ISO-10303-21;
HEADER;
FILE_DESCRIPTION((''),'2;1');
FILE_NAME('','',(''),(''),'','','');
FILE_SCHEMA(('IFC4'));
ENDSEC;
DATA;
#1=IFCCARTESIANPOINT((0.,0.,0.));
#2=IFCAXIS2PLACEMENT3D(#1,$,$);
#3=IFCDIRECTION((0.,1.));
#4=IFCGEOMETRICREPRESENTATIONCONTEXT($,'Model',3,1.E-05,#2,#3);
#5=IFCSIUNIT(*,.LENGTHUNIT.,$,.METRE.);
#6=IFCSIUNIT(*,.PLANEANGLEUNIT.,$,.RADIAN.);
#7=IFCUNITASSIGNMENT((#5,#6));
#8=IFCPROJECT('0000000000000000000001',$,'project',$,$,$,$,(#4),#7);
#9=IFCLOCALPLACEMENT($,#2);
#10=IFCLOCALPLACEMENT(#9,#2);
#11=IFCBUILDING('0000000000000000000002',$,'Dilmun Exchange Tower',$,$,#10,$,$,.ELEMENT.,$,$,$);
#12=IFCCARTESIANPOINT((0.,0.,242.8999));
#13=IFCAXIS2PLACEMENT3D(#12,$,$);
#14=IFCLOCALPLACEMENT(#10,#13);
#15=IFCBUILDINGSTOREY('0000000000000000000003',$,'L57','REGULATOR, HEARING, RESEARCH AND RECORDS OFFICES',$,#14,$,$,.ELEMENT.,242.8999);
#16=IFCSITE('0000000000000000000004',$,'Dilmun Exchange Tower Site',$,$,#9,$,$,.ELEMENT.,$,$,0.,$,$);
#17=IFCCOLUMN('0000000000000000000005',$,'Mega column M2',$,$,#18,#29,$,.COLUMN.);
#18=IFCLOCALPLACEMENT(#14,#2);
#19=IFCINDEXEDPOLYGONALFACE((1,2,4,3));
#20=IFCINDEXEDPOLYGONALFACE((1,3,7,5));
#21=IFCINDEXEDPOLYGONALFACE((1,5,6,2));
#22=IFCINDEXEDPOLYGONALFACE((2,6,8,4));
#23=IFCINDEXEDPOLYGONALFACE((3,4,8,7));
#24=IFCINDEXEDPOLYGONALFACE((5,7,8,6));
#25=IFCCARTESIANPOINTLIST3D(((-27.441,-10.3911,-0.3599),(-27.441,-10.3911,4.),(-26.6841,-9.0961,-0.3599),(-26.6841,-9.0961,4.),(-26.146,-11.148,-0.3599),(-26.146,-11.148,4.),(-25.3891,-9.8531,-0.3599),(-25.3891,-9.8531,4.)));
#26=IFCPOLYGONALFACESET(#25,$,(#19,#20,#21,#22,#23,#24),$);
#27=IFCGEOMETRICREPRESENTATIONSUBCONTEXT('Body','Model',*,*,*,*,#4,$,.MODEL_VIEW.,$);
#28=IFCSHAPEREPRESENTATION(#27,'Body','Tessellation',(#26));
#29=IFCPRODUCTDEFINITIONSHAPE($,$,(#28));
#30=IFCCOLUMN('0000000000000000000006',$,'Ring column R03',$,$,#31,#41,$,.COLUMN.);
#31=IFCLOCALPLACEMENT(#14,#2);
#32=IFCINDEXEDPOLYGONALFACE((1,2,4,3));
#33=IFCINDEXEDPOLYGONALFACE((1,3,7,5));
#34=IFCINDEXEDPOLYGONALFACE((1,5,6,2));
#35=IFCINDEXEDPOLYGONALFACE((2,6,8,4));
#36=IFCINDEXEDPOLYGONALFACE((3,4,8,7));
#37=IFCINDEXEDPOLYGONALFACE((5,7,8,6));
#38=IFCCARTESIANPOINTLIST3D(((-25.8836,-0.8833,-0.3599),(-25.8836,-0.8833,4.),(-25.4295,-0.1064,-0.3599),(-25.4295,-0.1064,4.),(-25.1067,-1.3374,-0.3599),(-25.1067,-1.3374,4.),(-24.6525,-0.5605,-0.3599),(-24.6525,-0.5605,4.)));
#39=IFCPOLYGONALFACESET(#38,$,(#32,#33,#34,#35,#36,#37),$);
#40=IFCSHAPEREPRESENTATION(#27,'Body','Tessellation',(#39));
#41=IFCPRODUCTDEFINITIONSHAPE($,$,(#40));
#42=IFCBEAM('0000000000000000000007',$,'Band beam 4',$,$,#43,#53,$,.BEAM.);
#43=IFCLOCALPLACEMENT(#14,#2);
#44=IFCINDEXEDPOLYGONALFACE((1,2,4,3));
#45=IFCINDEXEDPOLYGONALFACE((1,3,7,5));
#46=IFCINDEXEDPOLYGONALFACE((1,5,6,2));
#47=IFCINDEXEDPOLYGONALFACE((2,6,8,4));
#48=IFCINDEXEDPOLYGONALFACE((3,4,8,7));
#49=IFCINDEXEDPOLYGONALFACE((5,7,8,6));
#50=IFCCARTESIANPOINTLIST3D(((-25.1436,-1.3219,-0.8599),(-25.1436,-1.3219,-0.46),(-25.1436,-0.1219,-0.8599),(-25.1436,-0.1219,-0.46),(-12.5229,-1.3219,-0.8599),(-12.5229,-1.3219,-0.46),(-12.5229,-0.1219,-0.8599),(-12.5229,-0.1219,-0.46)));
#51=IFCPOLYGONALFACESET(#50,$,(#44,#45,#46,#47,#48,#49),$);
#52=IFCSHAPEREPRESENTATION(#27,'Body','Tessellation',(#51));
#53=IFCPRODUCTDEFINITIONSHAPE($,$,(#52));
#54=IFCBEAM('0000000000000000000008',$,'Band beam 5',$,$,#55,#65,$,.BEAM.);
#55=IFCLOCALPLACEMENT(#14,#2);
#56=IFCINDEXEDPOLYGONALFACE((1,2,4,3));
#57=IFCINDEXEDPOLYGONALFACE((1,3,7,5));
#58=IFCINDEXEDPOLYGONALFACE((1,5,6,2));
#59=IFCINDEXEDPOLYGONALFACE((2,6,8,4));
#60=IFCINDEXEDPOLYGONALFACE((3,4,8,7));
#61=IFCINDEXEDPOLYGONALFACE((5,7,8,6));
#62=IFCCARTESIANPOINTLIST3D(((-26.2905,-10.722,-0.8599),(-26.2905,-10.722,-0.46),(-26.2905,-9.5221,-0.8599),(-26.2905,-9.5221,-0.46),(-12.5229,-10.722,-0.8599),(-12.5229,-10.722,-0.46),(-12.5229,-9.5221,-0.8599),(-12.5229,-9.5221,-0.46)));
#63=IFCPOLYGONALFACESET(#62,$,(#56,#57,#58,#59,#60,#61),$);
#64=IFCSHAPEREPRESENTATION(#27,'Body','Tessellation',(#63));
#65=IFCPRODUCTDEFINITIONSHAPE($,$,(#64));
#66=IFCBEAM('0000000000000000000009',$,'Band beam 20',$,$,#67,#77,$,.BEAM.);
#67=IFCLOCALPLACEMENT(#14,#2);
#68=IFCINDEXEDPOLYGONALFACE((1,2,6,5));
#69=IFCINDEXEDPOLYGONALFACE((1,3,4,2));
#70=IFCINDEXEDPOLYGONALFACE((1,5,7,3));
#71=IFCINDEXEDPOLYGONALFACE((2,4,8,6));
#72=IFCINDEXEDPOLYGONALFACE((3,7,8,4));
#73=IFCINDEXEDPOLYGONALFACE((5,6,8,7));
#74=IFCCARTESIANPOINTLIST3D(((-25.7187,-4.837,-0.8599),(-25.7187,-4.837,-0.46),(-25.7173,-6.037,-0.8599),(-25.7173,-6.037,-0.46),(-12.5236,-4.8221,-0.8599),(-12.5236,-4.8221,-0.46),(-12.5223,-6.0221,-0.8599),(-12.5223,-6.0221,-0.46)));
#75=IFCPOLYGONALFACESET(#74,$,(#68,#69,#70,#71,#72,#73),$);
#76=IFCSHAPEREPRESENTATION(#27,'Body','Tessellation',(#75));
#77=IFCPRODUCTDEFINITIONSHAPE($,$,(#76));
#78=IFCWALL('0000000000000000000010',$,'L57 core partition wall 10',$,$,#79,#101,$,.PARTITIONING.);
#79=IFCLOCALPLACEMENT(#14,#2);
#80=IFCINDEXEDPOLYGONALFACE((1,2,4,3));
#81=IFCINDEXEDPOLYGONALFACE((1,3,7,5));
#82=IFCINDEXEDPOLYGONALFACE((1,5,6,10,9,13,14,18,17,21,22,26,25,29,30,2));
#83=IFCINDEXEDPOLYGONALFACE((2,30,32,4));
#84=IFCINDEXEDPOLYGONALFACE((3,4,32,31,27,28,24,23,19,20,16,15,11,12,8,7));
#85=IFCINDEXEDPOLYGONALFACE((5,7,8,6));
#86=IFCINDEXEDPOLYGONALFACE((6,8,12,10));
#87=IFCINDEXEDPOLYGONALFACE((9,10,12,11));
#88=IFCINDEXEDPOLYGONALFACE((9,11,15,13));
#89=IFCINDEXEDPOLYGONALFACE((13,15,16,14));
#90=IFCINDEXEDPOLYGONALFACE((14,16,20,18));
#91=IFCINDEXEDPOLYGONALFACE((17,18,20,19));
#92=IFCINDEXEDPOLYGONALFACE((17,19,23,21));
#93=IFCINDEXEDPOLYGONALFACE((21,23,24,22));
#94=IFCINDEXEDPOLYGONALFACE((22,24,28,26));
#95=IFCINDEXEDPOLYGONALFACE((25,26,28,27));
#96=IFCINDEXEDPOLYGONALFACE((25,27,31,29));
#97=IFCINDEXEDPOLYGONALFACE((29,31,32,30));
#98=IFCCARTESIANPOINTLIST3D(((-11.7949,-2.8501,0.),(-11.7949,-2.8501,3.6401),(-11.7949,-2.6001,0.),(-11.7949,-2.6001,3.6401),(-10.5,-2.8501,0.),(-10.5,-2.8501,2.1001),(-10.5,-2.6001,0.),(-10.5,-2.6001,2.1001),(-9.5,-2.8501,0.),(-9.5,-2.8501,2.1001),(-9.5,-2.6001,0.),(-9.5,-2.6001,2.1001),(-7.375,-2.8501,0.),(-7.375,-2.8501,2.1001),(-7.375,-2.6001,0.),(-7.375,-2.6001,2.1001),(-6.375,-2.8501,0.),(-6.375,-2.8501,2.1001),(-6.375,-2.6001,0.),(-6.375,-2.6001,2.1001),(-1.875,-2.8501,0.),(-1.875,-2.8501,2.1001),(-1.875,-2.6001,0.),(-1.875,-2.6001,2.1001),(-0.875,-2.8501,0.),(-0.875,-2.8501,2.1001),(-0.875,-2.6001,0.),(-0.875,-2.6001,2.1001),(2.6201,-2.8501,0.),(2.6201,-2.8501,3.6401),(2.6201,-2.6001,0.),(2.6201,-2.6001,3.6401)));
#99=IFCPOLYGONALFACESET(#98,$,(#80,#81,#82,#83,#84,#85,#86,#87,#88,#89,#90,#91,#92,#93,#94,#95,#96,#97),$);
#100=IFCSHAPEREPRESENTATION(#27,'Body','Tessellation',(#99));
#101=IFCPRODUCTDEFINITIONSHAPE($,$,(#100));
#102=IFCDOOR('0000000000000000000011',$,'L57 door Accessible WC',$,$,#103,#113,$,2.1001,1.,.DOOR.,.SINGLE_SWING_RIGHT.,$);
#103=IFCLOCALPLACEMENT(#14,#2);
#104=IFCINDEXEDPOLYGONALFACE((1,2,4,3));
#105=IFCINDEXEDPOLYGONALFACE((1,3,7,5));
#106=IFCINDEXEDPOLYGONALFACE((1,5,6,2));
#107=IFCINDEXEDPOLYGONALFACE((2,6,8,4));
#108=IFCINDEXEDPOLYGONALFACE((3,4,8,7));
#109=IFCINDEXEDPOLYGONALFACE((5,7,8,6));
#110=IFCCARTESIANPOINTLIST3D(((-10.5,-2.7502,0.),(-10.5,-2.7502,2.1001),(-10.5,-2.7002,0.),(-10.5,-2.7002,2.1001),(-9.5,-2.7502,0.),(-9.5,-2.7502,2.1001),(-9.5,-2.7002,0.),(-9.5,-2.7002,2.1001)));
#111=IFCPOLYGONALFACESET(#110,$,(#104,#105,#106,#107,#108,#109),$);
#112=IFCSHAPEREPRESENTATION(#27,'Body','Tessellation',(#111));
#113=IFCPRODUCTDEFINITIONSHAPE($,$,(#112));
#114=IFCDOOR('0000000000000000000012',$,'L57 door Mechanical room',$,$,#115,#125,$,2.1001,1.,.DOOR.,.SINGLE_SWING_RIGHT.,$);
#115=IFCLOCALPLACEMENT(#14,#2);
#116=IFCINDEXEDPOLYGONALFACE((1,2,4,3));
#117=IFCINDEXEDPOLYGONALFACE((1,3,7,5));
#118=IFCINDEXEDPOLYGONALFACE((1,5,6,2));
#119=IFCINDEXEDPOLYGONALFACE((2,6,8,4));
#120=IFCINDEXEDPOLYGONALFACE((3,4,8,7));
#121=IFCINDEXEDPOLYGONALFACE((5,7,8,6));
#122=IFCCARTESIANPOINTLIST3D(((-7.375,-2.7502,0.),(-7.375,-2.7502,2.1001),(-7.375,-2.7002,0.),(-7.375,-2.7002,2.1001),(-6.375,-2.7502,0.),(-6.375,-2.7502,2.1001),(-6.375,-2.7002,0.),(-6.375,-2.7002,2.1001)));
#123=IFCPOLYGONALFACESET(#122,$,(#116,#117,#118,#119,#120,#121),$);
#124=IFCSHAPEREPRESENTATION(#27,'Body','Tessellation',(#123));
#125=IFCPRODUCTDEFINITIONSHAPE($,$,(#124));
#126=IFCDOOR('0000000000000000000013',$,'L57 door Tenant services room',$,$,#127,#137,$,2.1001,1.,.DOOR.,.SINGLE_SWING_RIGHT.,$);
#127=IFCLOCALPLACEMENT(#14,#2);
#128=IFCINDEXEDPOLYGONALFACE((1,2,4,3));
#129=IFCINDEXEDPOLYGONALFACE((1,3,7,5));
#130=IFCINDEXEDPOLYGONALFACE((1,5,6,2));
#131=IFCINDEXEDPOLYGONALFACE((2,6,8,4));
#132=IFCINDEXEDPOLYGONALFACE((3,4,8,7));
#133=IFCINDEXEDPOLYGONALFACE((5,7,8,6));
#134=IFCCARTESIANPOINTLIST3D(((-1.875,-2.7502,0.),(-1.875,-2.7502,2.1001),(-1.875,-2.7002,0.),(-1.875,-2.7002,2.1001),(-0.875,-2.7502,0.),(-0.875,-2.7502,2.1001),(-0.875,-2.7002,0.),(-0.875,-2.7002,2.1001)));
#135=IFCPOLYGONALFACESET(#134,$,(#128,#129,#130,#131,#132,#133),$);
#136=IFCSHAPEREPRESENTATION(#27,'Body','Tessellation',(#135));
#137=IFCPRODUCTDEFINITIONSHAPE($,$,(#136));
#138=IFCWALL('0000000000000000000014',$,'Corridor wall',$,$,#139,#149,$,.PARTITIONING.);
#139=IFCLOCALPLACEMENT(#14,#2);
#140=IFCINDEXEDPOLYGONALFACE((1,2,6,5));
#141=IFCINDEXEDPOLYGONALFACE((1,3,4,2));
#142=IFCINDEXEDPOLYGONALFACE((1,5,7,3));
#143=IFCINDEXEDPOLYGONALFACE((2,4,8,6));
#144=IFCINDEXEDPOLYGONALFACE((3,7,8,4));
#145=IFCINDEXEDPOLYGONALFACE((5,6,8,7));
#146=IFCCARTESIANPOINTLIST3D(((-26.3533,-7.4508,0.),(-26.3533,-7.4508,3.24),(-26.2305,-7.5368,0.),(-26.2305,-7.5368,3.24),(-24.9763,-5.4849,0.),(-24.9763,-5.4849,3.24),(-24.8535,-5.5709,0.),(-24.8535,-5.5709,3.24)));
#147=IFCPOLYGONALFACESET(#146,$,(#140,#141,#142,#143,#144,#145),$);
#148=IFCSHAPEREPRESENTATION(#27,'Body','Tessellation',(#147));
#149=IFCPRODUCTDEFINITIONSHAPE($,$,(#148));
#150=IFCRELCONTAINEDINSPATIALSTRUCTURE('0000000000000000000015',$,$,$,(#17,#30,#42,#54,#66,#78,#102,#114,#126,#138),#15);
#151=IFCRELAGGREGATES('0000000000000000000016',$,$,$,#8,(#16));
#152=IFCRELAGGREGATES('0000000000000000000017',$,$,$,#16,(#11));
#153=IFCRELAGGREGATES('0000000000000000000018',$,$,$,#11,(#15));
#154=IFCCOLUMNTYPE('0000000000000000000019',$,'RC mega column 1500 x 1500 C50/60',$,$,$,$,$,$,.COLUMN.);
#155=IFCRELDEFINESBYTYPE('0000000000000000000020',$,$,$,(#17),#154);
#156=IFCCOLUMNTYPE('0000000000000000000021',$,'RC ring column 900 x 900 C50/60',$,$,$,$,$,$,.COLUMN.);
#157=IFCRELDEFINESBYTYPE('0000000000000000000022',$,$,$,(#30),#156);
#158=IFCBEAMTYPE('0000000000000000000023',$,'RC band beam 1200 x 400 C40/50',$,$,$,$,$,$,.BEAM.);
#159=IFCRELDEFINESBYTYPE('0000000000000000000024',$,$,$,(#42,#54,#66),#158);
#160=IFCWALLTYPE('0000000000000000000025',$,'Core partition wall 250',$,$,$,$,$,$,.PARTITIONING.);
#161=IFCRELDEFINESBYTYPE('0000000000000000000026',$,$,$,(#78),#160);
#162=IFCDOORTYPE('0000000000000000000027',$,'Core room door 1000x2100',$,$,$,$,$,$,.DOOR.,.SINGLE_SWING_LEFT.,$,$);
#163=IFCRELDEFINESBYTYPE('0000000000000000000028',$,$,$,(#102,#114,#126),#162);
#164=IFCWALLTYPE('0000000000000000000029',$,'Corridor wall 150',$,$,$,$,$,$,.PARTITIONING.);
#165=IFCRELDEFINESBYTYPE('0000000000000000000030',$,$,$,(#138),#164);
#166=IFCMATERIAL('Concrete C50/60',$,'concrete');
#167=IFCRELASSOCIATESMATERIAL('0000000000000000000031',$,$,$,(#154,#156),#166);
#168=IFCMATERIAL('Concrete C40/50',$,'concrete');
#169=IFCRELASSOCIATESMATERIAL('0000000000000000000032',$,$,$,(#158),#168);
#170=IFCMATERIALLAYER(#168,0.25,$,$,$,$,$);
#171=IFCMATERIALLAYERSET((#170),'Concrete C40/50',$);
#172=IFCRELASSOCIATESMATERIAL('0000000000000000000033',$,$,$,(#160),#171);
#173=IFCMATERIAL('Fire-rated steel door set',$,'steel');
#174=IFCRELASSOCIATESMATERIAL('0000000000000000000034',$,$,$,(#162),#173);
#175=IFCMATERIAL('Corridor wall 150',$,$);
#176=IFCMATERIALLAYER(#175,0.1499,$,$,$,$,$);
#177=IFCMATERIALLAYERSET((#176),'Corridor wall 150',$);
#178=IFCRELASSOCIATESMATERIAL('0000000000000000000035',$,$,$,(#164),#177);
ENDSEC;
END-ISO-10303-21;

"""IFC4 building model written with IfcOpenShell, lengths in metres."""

from ifc_helpers import new_model, si_unit, direction, frame, frame_2d, origin, origin_2d, place, context, subcontext, project, spatial, rectangle, extrude, material, layer, layer_set, material_profile, profile_set, type_object, element, fill, save


model = new_model("IFC4")

# Units and contexts
model_context = context("Model", 3, precision=1e-05, world=origin(), true_north=direction((0.0, 1.0)))
body_context = subcontext(model_context, "Body", "Model", "MODEL_VIEW")
ifc_project = project(units=[si_unit("LENGTHUNIT", "METRE"), si_unit("PLANEANGLEUNIT", "RADIAN")], contexts=[model_context])

# Site, building, storey
site_placement = place(None, origin())
site = spatial("IfcSite", under=ifc_project, at=site_placement, Name="Dilmun Exchange Tower Site", CompositionType="ELEMENT", RefElevation=0.0)
building_placement = place(site_placement, origin())
building = spatial("IfcBuilding", under=site, at=building_placement, Name="Dilmun Exchange Tower", CompositionType="ELEMENT")
storey_placement = place(building_placement, frame((0.0, 0.0, 242.8999)))
storey = spatial("IfcBuildingStorey", under=building, at=storey_placement, Name="L57", Description="REGULATOR, HEARING, RESEARCH AND RECORDS OFFICES", CompositionType="ELEMENT", Elevation=242.8999)

# Columns
ifc_material_1 = material(Name="Concrete C50/60", Category="concrete")
ifc_material_profile_1 = material_profile(ifc_material_1, rectangle(XDim=1.5, YDim=1.5, at=origin_2d()), Name="1500 x 1500")
ifc_profile_set_1 = profile_set([ifc_material_profile_1], Name="Concrete C50/60")
column_type_1 = type_object("IfcColumnType", Name="RC mega column 1500 x 1500 C50/60", PredefinedType="COLUMN", material=ifc_profile_set_1)
column_1_placement = place(storey_placement, frame((-26.415, -10.1221, -0.3599), z_axis=(0.0, 0.0, 1.0), x_axis=(0.504644, 0.863328, 0.0)))
element("IfcColumn", 1, at=column_1_placement, inside=storey, type_object=column_type_1, Name="Mega column M2", PredefinedType="COLUMN", context=body_context, shape_type="SweptSolid", body=[
    extrude(rectangle(XDim=1.5, YDim=1.5, at=origin_2d()), origin(), (0.0, 0.0, 1.0), 4.3599),
])
ifc_material_profile_2 = material_profile(ifc_material_1, rectangle(XDim=0.8999, YDim=0.8999, at=origin_2d()), Name="900 x 900")
ifc_profile_set_2 = profile_set([ifc_material_profile_2], Name="Concrete C50/60")
column_type_2 = type_object("IfcColumnType", Name="RC ring column 900 x 900 C50/60", PredefinedType="COLUMN", material=ifc_profile_set_2)
column_2_placement = place(storey_placement, frame((-25.2681, -0.7219, -0.3599), z_axis=(0.0, 0.0, 1.0), x_axis=(0.504644, 0.863328, 0.0)))
element("IfcColumn", 2, at=column_2_placement, inside=storey, type_object=column_type_2, Name="Ring column R03", PredefinedType="COLUMN", context=body_context, shape_type="SweptSolid", body=[
    extrude(rectangle(XDim=0.8999, YDim=0.8999, at=origin_2d()), origin(), (0.0, 0.0, 1.0), 4.3599),
])

# Beams
ifc_material_2 = material(Name="Concrete C40/50", Category="concrete")
ifc_material_profile_3 = material_profile(ifc_material_2, rectangle(XDim=1.2, YDim=0.3999, at=origin_2d()), Name="1200 x 400")
ifc_profile_set_3 = profile_set([ifc_material_profile_3], Name="Concrete C40/50")
beam_type = type_object("IfcBeamType", Name="RC band beam 1200 x 400 C40/50", PredefinedType="BEAM", material=ifc_profile_set_3)
beam_1_placement = place(storey_placement, frame((-25.1436, -0.7219, -0.6599), z_axis=(1.0, 0.0, 0.0), x_axis=(0.0, 1.0, 0.0)))
element("IfcBeam", 3, at=beam_1_placement, inside=storey, type_object=beam_type, Name="Band beam 4", PredefinedType="BEAM", context=body_context, shape_type="SweptSolid", body=[
    extrude(rectangle(XDim=1.2, YDim=0.3999, at=origin_2d()), origin(), (0.0, 0.0, 1.0), 12.6206),
])
beam_2_placement = place(storey_placement, frame((-26.2905, -10.1221, -0.6599), z_axis=(1.0, 0.0, 0.0), x_axis=(0.0, 1.0, 0.0)))
element("IfcBeam", 4, at=beam_2_placement, inside=storey, type_object=beam_type, Name="Band beam 5", PredefinedType="BEAM", context=body_context, shape_type="SweptSolid", body=[
    extrude(rectangle(XDim=1.2, YDim=0.3999, at=origin_2d()), origin(), (0.0, 0.0, 1.0), 13.7676),
])
beam_3_placement = place(storey_placement, frame((-25.718, -5.437, -0.6599), z_axis=(0.999999, 0.001129, 0.0), x_axis=(-0.001129, 0.999999, 0.0)))
element("IfcBeam", 5, at=beam_3_placement, inside=storey, type_object=beam_type, Name="Band beam 20", PredefinedType="BEAM", context=body_context, shape_type="SweptSolid", body=[
    extrude(rectangle(XDim=1.2, YDim=0.3999, at=origin_2d()), origin(), (0.0, 0.0, 1.0), 13.1951),
])

# Wall, openings, doors
ifc_layer_1 = layer(ifc_material_2, 0.25)
ifc_layer_set_1 = layer_set([ifc_layer_1], Name="Concrete C40/50")
wall_type_1 = type_object("IfcWallType", Name="Core partition wall 250", PredefinedType="PARTITIONING", material=ifc_layer_set_1)
wall_1_placement = place(storey_placement, frame((-11.7949, -2.7251, 0.0), z_axis=(0.0, 0.0, 1.0), x_axis=(1.0, 0.0, 0.0)))
wall_1 = element("IfcWall", 6, at=wall_1_placement, inside=storey, type_object=wall_type_1, Name="L57 core partition wall 10", PredefinedType="PARTITIONING", context=body_context, shape_type="SweptSolid", body=[
    extrude(rectangle(XDim=14.415, YDim=0.25, at=frame_2d((7.2075, 0.0))), origin(), (0.0, 0.0, 1.0), 3.6401),
])
opening_1_placement = place(wall_1_placement, frame((1.2949, 0.0, 0.0)))
opening_1 = element("IfcOpeningElement", 7, at=opening_1_placement, cuts=wall_1, PredefinedType="OPENING", context=body_context, shape_type="SweptSolid", body=[
    extrude(rectangle(XDim=1.0, YDim=2.1001, at=frame_2d((0.5, 1.05))), frame((0.0, 0.135, 0.0), z_axis=(0.0, -1.0, 0.0), x_axis=(1.0, 0.0, 0.0)), (0.0, 0.0, 1.0), 0.27),
])
opening_2_placement = place(wall_1_placement, frame((4.4199, 0.0, 0.0)))
opening_2 = element("IfcOpeningElement", 8, at=opening_2_placement, cuts=wall_1, PredefinedType="OPENING", context=body_context, shape_type="SweptSolid", body=[
    extrude(rectangle(XDim=1.0, YDim=2.1001, at=frame_2d((0.5, 1.05))), frame((0.0, 0.135, 0.0), z_axis=(0.0, -1.0, 0.0), x_axis=(1.0, 0.0, 0.0)), (0.0, 0.0, 1.0), 0.27),
])
opening_3_placement = place(wall_1_placement, frame((9.9199, 0.0, 0.0)))
opening_3 = element("IfcOpeningElement", 9, at=opening_3_placement, cuts=wall_1, PredefinedType="OPENING", context=body_context, shape_type="SweptSolid", body=[
    extrude(rectangle(XDim=1.0, YDim=2.1001, at=frame_2d((0.5, 1.05))), frame((0.0, 0.135, 0.0), z_axis=(0.0, -1.0, 0.0), x_axis=(1.0, 0.0, 0.0)), (0.0, 0.0, 1.0), 0.27),
])
ifc_material_3 = material(Name="Fire-rated steel door set", Category="steel")
door_type_1 = type_object("IfcDoorType", Name="Core room door 1000x2100", OperationType="SINGLE_SWING_LEFT", PredefinedType="DOOR", material=ifc_material_3)
door_1_placement = place(opening_1_placement, origin())
door_1 = element("IfcDoor", 10, at=door_1_placement, inside=storey, type_object=door_type_1, Name="L57 door Accessible WC", OperationType="SINGLE_SWING_RIGHT", OverallHeight=2.1001, OverallWidth=1.0, PredefinedType="DOOR", context=body_context, shape_type="SweptSolid", body=[
    extrude(rectangle(XDim=1.0, YDim=2.1001, at=frame_2d((0.5, 1.05))), frame((0.0, 0.0249, 0.0), z_axis=(0.0, -1.0, 0.0), x_axis=(1.0, 0.0, 0.0)), (0.0, 0.0, 1.0), 0.05),
])
fill(opening_1, door_1)
door_2_placement = place(opening_2_placement, origin())
door_2 = element("IfcDoor", 11, at=door_2_placement, inside=storey, type_object=door_type_1, Name="L57 door Mechanical room", OperationType="SINGLE_SWING_RIGHT", OverallHeight=2.1001, OverallWidth=1.0, PredefinedType="DOOR", context=body_context, shape_type="SweptSolid", body=[
    extrude(rectangle(XDim=1.0, YDim=2.1001, at=frame_2d((0.5, 1.05))), frame((0.0, 0.0249, 0.0), z_axis=(0.0, -1.0, 0.0), x_axis=(1.0, 0.0, 0.0)), (0.0, 0.0, 1.0), 0.05),
])
fill(opening_2, door_2)
door_3_placement = place(opening_3_placement, origin())
door_3 = element("IfcDoor", 12, at=door_3_placement, inside=storey, type_object=door_type_1, Name="L57 door Tenant services room", OperationType="SINGLE_SWING_RIGHT", OverallHeight=2.1001, OverallWidth=1.0, PredefinedType="DOOR", context=body_context, shape_type="SweptSolid", body=[
    extrude(rectangle(XDim=1.0, YDim=2.1001, at=frame_2d((0.5, 1.05))), frame((0.0, 0.0249, 0.0), z_axis=(0.0, -1.0, 0.0), x_axis=(1.0, 0.0, 0.0)), (0.0, 0.0, 1.0), 0.05),
])
fill(opening_3, door_3)

# Wall
ifc_material_4 = material(Name="Corridor wall 150")
ifc_layer_2 = layer(ifc_material_4, 0.1499)
ifc_layer_set_2 = layer_set([ifc_layer_2], Name="Corridor wall 150")
wall_type_2 = type_object("IfcWallType", Name="Corridor wall 150", PredefinedType="PARTITIONING", material=ifc_layer_set_2)
wall_2_placement = place(storey_placement, frame((-26.292, -7.4939, 0.0), z_axis=(0.0, 0.0, 1.0), x_axis=(0.573708, 0.81906, 0.0)))
element("IfcWall", 13, at=wall_2_placement, inside=storey, type_object=wall_type_2, Name="Corridor wall", PredefinedType="PARTITIONING", context=body_context, shape_type="SweptSolid", body=[
    extrude(rectangle(XDim=2.4001, YDim=0.1499, at=frame_2d((1.2002, 0.0))), origin(), (0.0, 0.0, 1.0), 3.24),
])

save(model, "model.ifc")
